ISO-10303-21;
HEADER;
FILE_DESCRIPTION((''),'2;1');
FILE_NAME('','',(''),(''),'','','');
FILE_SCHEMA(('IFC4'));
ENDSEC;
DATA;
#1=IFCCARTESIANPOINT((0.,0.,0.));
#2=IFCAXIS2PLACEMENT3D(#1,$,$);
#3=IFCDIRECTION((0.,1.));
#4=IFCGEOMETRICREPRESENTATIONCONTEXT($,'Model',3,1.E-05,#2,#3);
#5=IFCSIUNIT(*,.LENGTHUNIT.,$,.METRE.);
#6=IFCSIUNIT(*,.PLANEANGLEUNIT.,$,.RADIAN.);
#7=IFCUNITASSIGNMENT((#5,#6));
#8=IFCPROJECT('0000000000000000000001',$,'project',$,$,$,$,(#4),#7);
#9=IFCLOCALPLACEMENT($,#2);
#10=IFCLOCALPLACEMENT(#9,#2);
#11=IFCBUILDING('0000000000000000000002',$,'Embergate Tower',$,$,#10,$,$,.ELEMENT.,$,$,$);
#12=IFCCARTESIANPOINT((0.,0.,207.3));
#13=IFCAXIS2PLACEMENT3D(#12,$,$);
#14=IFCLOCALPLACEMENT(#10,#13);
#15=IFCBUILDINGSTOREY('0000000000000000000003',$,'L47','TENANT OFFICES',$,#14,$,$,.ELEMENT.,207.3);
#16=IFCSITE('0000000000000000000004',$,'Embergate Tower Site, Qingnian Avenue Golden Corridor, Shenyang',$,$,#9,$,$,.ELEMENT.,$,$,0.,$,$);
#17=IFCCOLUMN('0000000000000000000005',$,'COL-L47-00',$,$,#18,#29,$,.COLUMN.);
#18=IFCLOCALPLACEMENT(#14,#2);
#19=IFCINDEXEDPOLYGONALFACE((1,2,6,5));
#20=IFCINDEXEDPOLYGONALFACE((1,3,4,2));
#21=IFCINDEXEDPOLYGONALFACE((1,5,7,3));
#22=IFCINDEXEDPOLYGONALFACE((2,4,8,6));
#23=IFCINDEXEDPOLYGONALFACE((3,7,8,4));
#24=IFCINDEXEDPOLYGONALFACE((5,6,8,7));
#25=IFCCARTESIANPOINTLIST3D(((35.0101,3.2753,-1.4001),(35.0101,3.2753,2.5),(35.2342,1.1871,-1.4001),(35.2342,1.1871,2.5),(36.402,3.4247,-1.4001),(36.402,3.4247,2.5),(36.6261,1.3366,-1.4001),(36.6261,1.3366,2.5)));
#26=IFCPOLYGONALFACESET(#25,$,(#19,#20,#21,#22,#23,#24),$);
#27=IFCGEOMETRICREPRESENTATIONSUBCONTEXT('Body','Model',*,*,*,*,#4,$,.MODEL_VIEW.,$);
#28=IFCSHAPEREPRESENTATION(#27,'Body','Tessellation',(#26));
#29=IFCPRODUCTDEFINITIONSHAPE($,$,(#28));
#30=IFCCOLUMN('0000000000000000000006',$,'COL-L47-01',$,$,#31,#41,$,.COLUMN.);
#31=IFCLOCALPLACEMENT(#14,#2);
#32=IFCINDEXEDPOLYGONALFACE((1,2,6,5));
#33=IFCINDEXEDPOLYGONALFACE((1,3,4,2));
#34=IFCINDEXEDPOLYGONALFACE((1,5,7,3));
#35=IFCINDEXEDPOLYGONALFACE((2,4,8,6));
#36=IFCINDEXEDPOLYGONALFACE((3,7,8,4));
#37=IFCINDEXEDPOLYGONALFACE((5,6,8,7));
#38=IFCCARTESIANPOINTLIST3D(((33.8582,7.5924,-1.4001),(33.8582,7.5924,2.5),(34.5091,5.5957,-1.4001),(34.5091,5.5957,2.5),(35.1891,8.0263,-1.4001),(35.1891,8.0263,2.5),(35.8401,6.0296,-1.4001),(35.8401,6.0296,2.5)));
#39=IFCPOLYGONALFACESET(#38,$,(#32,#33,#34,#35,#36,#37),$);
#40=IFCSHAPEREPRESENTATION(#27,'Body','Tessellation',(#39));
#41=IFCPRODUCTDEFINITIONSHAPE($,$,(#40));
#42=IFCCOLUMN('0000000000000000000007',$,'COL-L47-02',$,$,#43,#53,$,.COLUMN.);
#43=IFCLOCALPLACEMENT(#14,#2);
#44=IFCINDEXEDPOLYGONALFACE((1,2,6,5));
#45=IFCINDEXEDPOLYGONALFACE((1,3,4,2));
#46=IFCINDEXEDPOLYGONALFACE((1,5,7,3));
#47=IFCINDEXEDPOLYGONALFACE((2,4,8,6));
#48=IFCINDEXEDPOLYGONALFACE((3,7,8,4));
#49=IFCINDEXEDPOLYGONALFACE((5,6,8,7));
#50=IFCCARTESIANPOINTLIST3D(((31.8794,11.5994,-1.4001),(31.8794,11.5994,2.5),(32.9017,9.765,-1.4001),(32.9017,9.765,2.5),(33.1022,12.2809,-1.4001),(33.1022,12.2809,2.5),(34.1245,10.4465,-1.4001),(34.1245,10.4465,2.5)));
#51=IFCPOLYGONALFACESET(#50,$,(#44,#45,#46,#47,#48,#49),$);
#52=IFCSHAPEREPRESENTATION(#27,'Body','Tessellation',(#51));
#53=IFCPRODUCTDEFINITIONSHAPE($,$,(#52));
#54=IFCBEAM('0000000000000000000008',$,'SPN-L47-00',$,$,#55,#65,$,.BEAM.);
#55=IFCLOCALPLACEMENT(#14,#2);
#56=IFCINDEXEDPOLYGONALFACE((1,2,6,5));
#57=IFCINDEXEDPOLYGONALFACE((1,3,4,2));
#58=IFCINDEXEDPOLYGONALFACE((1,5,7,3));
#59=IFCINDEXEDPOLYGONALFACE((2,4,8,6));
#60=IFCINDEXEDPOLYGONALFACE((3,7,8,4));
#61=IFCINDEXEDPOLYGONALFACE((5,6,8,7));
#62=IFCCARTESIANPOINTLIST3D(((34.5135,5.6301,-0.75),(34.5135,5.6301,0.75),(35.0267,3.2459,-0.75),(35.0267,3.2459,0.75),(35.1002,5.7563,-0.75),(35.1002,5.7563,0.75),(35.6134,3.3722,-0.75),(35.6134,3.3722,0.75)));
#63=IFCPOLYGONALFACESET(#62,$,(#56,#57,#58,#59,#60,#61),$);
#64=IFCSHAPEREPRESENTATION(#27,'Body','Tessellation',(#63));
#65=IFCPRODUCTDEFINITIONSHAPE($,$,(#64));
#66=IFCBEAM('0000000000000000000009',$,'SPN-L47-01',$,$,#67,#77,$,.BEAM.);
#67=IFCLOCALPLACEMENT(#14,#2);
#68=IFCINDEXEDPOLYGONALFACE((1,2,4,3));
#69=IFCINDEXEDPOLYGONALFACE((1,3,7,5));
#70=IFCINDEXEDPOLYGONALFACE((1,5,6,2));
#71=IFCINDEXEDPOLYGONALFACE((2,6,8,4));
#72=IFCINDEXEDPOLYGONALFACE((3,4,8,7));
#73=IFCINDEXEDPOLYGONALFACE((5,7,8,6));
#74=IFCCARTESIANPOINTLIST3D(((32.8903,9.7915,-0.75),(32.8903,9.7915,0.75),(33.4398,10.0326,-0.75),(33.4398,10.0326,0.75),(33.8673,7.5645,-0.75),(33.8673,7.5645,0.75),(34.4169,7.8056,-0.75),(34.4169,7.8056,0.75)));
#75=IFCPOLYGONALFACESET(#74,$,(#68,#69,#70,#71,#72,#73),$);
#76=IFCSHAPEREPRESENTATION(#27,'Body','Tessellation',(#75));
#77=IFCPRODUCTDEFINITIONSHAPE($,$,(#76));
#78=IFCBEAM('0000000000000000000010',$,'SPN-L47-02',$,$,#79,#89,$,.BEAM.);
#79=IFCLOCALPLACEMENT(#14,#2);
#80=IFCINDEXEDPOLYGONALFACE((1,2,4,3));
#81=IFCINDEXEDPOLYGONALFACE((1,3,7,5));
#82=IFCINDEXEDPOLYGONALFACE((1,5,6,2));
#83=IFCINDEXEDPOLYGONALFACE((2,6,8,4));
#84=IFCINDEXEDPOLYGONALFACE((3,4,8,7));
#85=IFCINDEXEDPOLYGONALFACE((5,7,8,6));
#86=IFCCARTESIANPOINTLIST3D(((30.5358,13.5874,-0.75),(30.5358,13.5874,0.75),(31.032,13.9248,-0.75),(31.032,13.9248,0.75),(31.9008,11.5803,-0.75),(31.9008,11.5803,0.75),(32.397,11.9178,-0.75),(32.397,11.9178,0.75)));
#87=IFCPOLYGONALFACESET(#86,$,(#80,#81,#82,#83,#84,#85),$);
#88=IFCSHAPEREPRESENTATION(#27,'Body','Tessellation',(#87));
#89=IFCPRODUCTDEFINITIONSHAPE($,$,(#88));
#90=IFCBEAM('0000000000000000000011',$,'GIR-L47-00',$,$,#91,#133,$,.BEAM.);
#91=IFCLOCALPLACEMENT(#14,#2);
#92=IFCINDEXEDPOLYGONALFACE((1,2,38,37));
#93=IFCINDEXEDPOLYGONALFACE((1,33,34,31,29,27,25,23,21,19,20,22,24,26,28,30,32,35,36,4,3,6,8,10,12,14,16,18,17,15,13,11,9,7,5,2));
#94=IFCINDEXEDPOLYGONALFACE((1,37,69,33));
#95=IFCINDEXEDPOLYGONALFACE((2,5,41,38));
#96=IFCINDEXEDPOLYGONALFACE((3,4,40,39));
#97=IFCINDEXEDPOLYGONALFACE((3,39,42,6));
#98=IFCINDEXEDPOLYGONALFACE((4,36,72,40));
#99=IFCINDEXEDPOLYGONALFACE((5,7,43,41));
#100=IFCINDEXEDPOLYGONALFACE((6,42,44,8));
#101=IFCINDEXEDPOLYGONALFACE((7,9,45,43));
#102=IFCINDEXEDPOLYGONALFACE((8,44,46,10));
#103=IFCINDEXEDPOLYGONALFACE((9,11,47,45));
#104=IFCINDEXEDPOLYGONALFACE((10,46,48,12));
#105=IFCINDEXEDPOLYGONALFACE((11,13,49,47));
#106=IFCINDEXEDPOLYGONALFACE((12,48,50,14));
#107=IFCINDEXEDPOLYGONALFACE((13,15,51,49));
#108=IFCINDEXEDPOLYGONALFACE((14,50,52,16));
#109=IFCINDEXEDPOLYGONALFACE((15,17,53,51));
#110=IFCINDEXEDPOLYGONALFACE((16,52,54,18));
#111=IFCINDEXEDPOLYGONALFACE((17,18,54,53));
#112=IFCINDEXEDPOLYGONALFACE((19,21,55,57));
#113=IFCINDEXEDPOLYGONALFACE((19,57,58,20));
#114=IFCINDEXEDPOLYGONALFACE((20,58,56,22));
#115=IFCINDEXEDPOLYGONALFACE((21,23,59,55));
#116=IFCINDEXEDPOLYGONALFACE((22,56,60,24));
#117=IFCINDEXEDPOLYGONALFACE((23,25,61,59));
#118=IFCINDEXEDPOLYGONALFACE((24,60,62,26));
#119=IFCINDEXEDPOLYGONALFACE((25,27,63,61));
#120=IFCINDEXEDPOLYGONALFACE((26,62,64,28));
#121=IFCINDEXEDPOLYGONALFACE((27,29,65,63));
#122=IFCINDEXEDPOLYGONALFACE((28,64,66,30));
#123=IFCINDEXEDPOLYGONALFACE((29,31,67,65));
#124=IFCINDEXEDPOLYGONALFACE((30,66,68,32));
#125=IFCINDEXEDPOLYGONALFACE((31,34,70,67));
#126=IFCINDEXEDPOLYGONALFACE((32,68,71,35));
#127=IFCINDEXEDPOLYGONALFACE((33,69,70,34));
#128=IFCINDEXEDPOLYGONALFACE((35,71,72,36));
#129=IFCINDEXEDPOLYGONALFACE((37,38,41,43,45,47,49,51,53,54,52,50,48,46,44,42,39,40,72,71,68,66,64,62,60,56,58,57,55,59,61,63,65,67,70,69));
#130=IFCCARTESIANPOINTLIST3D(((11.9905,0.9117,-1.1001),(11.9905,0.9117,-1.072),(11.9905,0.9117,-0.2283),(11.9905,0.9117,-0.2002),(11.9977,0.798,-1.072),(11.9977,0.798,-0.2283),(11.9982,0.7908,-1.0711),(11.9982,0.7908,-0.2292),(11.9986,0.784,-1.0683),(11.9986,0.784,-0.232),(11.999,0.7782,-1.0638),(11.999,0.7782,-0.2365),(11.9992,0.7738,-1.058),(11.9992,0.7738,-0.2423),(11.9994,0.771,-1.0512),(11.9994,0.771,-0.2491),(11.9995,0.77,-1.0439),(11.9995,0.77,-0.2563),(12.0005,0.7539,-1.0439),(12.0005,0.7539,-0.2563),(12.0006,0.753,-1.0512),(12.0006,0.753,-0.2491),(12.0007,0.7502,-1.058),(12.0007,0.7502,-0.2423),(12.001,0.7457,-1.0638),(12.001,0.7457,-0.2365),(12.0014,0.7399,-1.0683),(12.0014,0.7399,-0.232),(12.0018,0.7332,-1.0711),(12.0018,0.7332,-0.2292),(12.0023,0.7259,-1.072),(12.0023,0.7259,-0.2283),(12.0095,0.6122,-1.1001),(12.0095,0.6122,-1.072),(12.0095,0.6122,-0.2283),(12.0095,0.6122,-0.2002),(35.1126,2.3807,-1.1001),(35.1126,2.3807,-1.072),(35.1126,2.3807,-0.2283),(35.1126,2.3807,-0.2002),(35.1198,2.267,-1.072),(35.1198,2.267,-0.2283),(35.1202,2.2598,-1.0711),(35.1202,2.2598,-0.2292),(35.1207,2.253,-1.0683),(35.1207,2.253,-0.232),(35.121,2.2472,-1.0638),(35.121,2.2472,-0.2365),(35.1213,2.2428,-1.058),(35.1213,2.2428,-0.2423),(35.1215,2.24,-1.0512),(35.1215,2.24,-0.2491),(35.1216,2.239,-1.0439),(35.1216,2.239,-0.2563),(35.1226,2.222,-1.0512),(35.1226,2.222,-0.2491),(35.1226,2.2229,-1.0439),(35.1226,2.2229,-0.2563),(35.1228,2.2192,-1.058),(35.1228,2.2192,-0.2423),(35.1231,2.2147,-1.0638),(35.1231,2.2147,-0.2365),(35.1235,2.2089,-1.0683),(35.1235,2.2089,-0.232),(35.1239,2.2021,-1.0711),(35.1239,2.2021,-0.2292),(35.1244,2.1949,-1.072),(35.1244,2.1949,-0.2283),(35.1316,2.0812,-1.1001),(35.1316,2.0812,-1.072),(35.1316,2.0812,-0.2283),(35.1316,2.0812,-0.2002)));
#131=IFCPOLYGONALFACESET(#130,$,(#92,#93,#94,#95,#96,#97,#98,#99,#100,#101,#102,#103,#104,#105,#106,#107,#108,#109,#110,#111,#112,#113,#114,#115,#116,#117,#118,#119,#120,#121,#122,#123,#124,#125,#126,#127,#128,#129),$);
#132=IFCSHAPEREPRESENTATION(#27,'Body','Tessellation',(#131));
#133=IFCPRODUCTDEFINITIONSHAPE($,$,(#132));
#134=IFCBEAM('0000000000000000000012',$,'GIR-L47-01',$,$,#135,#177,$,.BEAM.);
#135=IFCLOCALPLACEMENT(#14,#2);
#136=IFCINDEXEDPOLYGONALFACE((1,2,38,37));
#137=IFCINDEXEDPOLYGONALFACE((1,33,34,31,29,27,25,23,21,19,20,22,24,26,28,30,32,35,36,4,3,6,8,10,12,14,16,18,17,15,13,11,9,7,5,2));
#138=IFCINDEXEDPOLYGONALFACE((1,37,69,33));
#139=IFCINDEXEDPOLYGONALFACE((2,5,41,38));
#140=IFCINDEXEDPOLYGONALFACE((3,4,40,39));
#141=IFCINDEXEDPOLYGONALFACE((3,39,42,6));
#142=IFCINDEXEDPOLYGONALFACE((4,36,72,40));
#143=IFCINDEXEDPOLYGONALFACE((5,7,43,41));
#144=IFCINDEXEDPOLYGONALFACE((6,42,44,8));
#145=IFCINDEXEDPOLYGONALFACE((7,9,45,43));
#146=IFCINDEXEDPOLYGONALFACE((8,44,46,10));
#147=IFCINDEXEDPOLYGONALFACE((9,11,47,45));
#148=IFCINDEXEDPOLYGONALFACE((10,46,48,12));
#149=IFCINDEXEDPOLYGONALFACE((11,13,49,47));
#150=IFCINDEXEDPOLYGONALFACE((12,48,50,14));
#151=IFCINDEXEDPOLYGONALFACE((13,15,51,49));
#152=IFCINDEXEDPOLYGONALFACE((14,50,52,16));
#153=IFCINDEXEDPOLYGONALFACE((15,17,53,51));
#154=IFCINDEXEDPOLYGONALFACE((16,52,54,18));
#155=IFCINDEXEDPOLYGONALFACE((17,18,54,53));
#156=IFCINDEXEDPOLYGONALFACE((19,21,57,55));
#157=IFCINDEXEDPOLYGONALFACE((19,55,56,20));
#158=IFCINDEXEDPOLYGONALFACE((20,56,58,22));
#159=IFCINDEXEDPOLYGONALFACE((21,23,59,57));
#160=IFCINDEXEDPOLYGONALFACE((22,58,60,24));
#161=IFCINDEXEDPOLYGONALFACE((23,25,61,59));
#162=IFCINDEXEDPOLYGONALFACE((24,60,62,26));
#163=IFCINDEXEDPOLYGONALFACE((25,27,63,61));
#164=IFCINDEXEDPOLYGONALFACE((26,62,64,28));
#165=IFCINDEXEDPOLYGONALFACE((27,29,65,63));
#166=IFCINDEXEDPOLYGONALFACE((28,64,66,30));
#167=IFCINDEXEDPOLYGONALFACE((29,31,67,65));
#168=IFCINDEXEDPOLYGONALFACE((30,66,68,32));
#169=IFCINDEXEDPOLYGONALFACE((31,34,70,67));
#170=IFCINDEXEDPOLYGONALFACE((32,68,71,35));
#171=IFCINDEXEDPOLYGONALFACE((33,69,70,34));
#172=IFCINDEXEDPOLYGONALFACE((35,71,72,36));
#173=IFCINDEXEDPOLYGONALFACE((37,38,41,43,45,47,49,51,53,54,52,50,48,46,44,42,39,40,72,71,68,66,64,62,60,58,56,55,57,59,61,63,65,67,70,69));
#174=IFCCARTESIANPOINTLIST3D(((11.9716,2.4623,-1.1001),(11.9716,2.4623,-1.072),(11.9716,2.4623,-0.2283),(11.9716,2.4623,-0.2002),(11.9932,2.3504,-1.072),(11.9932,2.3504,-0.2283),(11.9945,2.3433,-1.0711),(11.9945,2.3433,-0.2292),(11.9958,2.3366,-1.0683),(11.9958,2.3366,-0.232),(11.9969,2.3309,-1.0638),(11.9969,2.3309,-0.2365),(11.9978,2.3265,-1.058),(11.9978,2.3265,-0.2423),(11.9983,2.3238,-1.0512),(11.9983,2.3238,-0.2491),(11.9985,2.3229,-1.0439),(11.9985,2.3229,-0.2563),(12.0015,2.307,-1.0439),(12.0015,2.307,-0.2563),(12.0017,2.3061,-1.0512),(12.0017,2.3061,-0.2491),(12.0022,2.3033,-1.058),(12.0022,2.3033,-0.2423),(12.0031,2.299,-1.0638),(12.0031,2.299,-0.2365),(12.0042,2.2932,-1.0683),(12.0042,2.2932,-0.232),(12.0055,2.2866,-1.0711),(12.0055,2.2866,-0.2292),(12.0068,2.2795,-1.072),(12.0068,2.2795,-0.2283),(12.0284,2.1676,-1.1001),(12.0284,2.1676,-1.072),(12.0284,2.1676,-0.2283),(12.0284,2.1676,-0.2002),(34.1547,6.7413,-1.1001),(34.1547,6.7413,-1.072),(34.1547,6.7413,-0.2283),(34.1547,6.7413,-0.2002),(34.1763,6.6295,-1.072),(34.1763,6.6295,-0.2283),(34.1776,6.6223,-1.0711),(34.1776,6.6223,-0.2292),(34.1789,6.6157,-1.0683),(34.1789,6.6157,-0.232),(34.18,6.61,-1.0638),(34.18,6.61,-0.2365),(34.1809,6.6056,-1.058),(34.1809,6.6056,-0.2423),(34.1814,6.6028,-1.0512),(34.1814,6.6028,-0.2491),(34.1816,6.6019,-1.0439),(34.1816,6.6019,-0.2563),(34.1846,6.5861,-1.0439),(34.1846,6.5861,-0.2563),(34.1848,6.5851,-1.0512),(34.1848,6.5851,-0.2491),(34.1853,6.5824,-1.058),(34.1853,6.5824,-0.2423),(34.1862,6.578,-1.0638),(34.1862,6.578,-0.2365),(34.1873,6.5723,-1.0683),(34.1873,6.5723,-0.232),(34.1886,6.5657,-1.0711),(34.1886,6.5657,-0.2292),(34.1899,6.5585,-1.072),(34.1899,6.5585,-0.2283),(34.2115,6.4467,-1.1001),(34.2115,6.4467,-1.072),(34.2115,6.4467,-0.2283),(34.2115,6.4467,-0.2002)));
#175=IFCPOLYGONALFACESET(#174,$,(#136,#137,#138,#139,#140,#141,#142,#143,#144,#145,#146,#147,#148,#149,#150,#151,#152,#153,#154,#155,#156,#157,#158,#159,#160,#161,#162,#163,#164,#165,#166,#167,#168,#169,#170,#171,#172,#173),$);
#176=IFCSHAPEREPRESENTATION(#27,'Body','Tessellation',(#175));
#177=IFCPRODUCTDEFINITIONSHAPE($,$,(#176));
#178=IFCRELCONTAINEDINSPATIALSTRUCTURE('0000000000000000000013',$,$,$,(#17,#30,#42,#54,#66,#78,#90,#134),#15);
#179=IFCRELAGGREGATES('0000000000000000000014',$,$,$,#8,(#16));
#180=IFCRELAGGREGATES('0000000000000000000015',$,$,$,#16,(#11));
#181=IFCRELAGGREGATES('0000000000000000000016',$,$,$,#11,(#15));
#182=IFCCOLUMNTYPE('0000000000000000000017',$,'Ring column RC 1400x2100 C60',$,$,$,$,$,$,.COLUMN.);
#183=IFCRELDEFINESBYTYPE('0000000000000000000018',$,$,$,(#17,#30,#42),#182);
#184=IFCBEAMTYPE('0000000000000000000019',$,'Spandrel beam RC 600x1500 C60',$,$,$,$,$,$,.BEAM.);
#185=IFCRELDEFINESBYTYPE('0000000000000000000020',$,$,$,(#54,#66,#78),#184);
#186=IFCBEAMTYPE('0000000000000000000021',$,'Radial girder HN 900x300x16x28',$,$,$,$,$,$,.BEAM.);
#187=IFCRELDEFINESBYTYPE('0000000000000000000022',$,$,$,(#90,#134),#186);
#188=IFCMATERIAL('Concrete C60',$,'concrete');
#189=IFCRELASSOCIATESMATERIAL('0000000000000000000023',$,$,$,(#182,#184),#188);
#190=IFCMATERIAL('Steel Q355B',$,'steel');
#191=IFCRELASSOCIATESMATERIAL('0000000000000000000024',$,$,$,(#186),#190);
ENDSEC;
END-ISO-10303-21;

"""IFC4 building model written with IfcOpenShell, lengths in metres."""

from ifc_helpers import new_model, si_unit, direction, frame, origin, origin_2d, place, context, subcontext, project, spatial, rectangle, i_section, extrude, source, transform, mapped, material, material_profile, profile_set, type_object, element, save


model = new_model("IFC4")

# Units and contexts
model_context = context("Model", 3, precision=1e-05, world=origin(), true_north=direction((0.0, 1.0)))
body_context = subcontext(model_context, "Body", "Model", "MODEL_VIEW")
ifc_project = project(units=[si_unit("LENGTHUNIT", "METRE"), si_unit("PLANEANGLEUNIT", "RADIAN")], contexts=[model_context])

# Site, building, storey
site_placement = place(None, origin())
site = spatial("IfcSite", under=ifc_project, at=site_placement, Name="Embergate Tower Site, Qingnian Avenue Golden Corridor, Shenyang", CompositionType="ELEMENT", RefElevation=0.0)
building_placement = place(site_placement, origin())
building = spatial("IfcBuilding", under=site, at=building_placement, Name="Embergate Tower", CompositionType="ELEMENT")
storey_placement = place(building_placement, frame((0.0, 0.0, 207.3)))
storey = spatial("IfcBuildingStorey", under=building, at=storey_placement, Name="L47", Description="TENANT OFFICES", CompositionType="ELEMENT", Elevation=207.3)

# Columns
ifc_material_1 = material(Name="Concrete C60", Category="concrete")
ifc_material_profile_1 = material_profile(ifc_material_1, rectangle(XDim=1.3999, YDim=2.1001, at=origin_2d()), Name="RC 1400x2100")
ifc_profile_set_1 = profile_set([ifc_material_profile_1], Name="Concrete C60")
column_type = type_object("IfcColumnType", Name="Ring column RC 1400x2100 C60", PredefinedType="COLUMN", material=ifc_profile_set_1)
shared_shape_1 = source(origin(), body_context, "Body", "SweptSolid", [
    extrude(rectangle(XDim=1.3999, YDim=2.1001, at=origin_2d()), origin(), (0.0, 0.0, 1.0), 3.9001),
])
for number, where, z_axis, x_axis, name in (
    (1, (35.8181, 2.3059, -1.4001), (0.0, 0.0, 1.0), (0.994288, 0.106733, 0.0), "COL-L47-00"),
    (2, (34.8491, 6.811, -1.4001), (0.0, 0.0, 1.0), (0.950754, 0.309946, 0.0), "COL-L47-01"),
    (3, (33.002, 11.0229, -1.4001), (0.0, 0.0, 1.0), (0.8735, 0.486823, 0.0), "COL-L47-02"),
):
    element("IfcColumn", number, at=place(storey_placement, frame(where, z_axis=z_axis, x_axis=x_axis)), inside=storey, type_object=column_type, Name=name, PredefinedType="COLUMN", context=body_context, shape_type="MappedRepresentation", body=[
        mapped(shared_shape_1, transform((0.0, 0.0, 0.0))),
    ])

# Beams
ifc_material_profile_2 = material_profile(ifc_material_1, rectangle(XDim=0.6001, YDim=1.5, at=origin_2d()), Name="RC 600x1500")
ifc_profile_set_2 = profile_set([ifc_material_profile_2], Name="Concrete C60")
beam_type_1 = type_object("IfcBeamType", Name="Spandrel beam RC 600x1500 C60", PredefinedType="BEAM", material=ifc_profile_set_2)
shared_shape_2 = source(origin(), body_context, "Body", "SweptSolid", [
    extrude(rectangle(XDim=0.6001, YDim=1.5, at=origin_2d()), origin(), (0.0, 0.0, 1.0), 2.4387),
])
beam_1_placement = place(storey_placement, frame((35.3201, 3.3091, 0.0), z_axis=(-0.210438, 0.977607, 0.0), x_axis=(-0.977607, -0.210438, 0.0)))
element("IfcBeam", 4, at=beam_1_placement, inside=storey, type_object=beam_type_1, Name="SPN-L47-00", PredefinedType="BEAM", context=body_context, shape_type="MappedRepresentation", body=[
    mapped(shared_shape_2, transform((0.0, 0.0, 0.0))),
])
shared_shape_3 = source(origin(), body_context, "Body", "SweptSolid", [
    extrude(rectangle(XDim=0.6001, YDim=1.5, at=origin_2d()), origin(), (0.0, 0.0, 1.0), 2.4319),
])
beam_2_placement = place(storey_placement, frame((34.1421, 7.6851, 0.0), z_axis=(-0.401756, 0.915747, 0.0), x_axis=(-0.915747, -0.401756, 0.0)))
element("IfcBeam", 5, at=beam_2_placement, inside=storey, type_object=beam_type_1, Name="SPN-L47-01", PredefinedType="BEAM", context=body_context, shape_type="MappedRepresentation", body=[
    mapped(shared_shape_3, transform((0.0, 0.0, 0.0))),
])
shared_shape_4 = source(origin(), body_context, "Body", "SweptSolid", [
    extrude(rectangle(XDim=0.6001, YDim=1.5, at=origin_2d()), origin(), (0.0, 0.0, 1.0), 2.4272),
])
beam_3_placement = place(storey_placement, frame((32.1489, 11.749, 0.0), z_axis=(-0.56236, 0.826893, 0.0), x_axis=(-0.826893, -0.56236, 0.0)))
element("IfcBeam", 6, at=beam_3_placement, inside=storey, type_object=beam_type_1, Name="SPN-L47-02", PredefinedType="BEAM", context=body_context, shape_type="MappedRepresentation", body=[
    mapped(shared_shape_4, transform((0.0, 0.0, 0.0))),
])
ifc_material_2 = material(Name="Steel Q355B", Category="steel")
ifc_material_profile_3 = material_profile(ifc_material_2, i_section(OverallWidth=0.3, OverallDepth=0.8999, WebThickness=0.0161, FlangeThickness=0.0281, FilletRadius=0.0281, at=origin_2d()), Name="HN 900x300x16x28")
ifc_profile_set_3 = profile_set([ifc_material_profile_3], Name="Steel Q355 grade B")
beam_type_2 = type_object("IfcBeamType", Name="Radial girder HN 900x300x16x28", PredefinedType="BEAM", material=ifc_profile_set_3)
shared_shape_5 = source(origin(), body_context, "Body", "SweptSolid", [
    extrude(i_section(OverallWidth=0.3, OverallDepth=0.8999, WebThickness=0.0161, FlangeThickness=0.0281, FilletRadius=0.0281, at=origin_2d()), origin(), (0.0, 0.0, 1.0), 23.1687),
])
beam_4_placement = place(storey_placement, frame((35.1221, 2.231, -0.6501), z_axis=(-0.997988, -0.063404, 0.0), x_axis=(0.063404, -0.997988, 0.0)))
element("IfcBeam", 7, at=beam_4_placement, inside=storey, type_object=beam_type_2, Name="GIR-L47-00", PredefinedType="BEAM", context=body_context, shape_type="MappedRepresentation", body=[
    mapped(shared_shape_5, transform((0.0, 0.0, 0.0))),
])
shared_shape_6 = source(origin(), body_context, "Body", "SweptSolid", [
    extrude(i_section(OverallWidth=0.3, OverallDepth=0.8999, WebThickness=0.0161, FlangeThickness=0.0281, FilletRadius=0.0281, at=origin_2d()), origin(), (0.0, 0.0, 1.0), 22.592),
])
beam_5_placement = place(storey_placement, frame((34.1831, 6.594, -0.6501), z_axis=(-0.981899, -0.189405, 0.0), x_axis=(0.189405, -0.981899, 0.0)))
element("IfcBeam", 8, at=beam_5_placement, inside=storey, type_object=beam_type_2, Name="GIR-L47-01", PredefinedType="BEAM", context=body_context, shape_type="MappedRepresentation", body=[
    mapped(shared_shape_6, transform((0.0, 0.0, 0.0))),
])

save(model, "model.ifc")
